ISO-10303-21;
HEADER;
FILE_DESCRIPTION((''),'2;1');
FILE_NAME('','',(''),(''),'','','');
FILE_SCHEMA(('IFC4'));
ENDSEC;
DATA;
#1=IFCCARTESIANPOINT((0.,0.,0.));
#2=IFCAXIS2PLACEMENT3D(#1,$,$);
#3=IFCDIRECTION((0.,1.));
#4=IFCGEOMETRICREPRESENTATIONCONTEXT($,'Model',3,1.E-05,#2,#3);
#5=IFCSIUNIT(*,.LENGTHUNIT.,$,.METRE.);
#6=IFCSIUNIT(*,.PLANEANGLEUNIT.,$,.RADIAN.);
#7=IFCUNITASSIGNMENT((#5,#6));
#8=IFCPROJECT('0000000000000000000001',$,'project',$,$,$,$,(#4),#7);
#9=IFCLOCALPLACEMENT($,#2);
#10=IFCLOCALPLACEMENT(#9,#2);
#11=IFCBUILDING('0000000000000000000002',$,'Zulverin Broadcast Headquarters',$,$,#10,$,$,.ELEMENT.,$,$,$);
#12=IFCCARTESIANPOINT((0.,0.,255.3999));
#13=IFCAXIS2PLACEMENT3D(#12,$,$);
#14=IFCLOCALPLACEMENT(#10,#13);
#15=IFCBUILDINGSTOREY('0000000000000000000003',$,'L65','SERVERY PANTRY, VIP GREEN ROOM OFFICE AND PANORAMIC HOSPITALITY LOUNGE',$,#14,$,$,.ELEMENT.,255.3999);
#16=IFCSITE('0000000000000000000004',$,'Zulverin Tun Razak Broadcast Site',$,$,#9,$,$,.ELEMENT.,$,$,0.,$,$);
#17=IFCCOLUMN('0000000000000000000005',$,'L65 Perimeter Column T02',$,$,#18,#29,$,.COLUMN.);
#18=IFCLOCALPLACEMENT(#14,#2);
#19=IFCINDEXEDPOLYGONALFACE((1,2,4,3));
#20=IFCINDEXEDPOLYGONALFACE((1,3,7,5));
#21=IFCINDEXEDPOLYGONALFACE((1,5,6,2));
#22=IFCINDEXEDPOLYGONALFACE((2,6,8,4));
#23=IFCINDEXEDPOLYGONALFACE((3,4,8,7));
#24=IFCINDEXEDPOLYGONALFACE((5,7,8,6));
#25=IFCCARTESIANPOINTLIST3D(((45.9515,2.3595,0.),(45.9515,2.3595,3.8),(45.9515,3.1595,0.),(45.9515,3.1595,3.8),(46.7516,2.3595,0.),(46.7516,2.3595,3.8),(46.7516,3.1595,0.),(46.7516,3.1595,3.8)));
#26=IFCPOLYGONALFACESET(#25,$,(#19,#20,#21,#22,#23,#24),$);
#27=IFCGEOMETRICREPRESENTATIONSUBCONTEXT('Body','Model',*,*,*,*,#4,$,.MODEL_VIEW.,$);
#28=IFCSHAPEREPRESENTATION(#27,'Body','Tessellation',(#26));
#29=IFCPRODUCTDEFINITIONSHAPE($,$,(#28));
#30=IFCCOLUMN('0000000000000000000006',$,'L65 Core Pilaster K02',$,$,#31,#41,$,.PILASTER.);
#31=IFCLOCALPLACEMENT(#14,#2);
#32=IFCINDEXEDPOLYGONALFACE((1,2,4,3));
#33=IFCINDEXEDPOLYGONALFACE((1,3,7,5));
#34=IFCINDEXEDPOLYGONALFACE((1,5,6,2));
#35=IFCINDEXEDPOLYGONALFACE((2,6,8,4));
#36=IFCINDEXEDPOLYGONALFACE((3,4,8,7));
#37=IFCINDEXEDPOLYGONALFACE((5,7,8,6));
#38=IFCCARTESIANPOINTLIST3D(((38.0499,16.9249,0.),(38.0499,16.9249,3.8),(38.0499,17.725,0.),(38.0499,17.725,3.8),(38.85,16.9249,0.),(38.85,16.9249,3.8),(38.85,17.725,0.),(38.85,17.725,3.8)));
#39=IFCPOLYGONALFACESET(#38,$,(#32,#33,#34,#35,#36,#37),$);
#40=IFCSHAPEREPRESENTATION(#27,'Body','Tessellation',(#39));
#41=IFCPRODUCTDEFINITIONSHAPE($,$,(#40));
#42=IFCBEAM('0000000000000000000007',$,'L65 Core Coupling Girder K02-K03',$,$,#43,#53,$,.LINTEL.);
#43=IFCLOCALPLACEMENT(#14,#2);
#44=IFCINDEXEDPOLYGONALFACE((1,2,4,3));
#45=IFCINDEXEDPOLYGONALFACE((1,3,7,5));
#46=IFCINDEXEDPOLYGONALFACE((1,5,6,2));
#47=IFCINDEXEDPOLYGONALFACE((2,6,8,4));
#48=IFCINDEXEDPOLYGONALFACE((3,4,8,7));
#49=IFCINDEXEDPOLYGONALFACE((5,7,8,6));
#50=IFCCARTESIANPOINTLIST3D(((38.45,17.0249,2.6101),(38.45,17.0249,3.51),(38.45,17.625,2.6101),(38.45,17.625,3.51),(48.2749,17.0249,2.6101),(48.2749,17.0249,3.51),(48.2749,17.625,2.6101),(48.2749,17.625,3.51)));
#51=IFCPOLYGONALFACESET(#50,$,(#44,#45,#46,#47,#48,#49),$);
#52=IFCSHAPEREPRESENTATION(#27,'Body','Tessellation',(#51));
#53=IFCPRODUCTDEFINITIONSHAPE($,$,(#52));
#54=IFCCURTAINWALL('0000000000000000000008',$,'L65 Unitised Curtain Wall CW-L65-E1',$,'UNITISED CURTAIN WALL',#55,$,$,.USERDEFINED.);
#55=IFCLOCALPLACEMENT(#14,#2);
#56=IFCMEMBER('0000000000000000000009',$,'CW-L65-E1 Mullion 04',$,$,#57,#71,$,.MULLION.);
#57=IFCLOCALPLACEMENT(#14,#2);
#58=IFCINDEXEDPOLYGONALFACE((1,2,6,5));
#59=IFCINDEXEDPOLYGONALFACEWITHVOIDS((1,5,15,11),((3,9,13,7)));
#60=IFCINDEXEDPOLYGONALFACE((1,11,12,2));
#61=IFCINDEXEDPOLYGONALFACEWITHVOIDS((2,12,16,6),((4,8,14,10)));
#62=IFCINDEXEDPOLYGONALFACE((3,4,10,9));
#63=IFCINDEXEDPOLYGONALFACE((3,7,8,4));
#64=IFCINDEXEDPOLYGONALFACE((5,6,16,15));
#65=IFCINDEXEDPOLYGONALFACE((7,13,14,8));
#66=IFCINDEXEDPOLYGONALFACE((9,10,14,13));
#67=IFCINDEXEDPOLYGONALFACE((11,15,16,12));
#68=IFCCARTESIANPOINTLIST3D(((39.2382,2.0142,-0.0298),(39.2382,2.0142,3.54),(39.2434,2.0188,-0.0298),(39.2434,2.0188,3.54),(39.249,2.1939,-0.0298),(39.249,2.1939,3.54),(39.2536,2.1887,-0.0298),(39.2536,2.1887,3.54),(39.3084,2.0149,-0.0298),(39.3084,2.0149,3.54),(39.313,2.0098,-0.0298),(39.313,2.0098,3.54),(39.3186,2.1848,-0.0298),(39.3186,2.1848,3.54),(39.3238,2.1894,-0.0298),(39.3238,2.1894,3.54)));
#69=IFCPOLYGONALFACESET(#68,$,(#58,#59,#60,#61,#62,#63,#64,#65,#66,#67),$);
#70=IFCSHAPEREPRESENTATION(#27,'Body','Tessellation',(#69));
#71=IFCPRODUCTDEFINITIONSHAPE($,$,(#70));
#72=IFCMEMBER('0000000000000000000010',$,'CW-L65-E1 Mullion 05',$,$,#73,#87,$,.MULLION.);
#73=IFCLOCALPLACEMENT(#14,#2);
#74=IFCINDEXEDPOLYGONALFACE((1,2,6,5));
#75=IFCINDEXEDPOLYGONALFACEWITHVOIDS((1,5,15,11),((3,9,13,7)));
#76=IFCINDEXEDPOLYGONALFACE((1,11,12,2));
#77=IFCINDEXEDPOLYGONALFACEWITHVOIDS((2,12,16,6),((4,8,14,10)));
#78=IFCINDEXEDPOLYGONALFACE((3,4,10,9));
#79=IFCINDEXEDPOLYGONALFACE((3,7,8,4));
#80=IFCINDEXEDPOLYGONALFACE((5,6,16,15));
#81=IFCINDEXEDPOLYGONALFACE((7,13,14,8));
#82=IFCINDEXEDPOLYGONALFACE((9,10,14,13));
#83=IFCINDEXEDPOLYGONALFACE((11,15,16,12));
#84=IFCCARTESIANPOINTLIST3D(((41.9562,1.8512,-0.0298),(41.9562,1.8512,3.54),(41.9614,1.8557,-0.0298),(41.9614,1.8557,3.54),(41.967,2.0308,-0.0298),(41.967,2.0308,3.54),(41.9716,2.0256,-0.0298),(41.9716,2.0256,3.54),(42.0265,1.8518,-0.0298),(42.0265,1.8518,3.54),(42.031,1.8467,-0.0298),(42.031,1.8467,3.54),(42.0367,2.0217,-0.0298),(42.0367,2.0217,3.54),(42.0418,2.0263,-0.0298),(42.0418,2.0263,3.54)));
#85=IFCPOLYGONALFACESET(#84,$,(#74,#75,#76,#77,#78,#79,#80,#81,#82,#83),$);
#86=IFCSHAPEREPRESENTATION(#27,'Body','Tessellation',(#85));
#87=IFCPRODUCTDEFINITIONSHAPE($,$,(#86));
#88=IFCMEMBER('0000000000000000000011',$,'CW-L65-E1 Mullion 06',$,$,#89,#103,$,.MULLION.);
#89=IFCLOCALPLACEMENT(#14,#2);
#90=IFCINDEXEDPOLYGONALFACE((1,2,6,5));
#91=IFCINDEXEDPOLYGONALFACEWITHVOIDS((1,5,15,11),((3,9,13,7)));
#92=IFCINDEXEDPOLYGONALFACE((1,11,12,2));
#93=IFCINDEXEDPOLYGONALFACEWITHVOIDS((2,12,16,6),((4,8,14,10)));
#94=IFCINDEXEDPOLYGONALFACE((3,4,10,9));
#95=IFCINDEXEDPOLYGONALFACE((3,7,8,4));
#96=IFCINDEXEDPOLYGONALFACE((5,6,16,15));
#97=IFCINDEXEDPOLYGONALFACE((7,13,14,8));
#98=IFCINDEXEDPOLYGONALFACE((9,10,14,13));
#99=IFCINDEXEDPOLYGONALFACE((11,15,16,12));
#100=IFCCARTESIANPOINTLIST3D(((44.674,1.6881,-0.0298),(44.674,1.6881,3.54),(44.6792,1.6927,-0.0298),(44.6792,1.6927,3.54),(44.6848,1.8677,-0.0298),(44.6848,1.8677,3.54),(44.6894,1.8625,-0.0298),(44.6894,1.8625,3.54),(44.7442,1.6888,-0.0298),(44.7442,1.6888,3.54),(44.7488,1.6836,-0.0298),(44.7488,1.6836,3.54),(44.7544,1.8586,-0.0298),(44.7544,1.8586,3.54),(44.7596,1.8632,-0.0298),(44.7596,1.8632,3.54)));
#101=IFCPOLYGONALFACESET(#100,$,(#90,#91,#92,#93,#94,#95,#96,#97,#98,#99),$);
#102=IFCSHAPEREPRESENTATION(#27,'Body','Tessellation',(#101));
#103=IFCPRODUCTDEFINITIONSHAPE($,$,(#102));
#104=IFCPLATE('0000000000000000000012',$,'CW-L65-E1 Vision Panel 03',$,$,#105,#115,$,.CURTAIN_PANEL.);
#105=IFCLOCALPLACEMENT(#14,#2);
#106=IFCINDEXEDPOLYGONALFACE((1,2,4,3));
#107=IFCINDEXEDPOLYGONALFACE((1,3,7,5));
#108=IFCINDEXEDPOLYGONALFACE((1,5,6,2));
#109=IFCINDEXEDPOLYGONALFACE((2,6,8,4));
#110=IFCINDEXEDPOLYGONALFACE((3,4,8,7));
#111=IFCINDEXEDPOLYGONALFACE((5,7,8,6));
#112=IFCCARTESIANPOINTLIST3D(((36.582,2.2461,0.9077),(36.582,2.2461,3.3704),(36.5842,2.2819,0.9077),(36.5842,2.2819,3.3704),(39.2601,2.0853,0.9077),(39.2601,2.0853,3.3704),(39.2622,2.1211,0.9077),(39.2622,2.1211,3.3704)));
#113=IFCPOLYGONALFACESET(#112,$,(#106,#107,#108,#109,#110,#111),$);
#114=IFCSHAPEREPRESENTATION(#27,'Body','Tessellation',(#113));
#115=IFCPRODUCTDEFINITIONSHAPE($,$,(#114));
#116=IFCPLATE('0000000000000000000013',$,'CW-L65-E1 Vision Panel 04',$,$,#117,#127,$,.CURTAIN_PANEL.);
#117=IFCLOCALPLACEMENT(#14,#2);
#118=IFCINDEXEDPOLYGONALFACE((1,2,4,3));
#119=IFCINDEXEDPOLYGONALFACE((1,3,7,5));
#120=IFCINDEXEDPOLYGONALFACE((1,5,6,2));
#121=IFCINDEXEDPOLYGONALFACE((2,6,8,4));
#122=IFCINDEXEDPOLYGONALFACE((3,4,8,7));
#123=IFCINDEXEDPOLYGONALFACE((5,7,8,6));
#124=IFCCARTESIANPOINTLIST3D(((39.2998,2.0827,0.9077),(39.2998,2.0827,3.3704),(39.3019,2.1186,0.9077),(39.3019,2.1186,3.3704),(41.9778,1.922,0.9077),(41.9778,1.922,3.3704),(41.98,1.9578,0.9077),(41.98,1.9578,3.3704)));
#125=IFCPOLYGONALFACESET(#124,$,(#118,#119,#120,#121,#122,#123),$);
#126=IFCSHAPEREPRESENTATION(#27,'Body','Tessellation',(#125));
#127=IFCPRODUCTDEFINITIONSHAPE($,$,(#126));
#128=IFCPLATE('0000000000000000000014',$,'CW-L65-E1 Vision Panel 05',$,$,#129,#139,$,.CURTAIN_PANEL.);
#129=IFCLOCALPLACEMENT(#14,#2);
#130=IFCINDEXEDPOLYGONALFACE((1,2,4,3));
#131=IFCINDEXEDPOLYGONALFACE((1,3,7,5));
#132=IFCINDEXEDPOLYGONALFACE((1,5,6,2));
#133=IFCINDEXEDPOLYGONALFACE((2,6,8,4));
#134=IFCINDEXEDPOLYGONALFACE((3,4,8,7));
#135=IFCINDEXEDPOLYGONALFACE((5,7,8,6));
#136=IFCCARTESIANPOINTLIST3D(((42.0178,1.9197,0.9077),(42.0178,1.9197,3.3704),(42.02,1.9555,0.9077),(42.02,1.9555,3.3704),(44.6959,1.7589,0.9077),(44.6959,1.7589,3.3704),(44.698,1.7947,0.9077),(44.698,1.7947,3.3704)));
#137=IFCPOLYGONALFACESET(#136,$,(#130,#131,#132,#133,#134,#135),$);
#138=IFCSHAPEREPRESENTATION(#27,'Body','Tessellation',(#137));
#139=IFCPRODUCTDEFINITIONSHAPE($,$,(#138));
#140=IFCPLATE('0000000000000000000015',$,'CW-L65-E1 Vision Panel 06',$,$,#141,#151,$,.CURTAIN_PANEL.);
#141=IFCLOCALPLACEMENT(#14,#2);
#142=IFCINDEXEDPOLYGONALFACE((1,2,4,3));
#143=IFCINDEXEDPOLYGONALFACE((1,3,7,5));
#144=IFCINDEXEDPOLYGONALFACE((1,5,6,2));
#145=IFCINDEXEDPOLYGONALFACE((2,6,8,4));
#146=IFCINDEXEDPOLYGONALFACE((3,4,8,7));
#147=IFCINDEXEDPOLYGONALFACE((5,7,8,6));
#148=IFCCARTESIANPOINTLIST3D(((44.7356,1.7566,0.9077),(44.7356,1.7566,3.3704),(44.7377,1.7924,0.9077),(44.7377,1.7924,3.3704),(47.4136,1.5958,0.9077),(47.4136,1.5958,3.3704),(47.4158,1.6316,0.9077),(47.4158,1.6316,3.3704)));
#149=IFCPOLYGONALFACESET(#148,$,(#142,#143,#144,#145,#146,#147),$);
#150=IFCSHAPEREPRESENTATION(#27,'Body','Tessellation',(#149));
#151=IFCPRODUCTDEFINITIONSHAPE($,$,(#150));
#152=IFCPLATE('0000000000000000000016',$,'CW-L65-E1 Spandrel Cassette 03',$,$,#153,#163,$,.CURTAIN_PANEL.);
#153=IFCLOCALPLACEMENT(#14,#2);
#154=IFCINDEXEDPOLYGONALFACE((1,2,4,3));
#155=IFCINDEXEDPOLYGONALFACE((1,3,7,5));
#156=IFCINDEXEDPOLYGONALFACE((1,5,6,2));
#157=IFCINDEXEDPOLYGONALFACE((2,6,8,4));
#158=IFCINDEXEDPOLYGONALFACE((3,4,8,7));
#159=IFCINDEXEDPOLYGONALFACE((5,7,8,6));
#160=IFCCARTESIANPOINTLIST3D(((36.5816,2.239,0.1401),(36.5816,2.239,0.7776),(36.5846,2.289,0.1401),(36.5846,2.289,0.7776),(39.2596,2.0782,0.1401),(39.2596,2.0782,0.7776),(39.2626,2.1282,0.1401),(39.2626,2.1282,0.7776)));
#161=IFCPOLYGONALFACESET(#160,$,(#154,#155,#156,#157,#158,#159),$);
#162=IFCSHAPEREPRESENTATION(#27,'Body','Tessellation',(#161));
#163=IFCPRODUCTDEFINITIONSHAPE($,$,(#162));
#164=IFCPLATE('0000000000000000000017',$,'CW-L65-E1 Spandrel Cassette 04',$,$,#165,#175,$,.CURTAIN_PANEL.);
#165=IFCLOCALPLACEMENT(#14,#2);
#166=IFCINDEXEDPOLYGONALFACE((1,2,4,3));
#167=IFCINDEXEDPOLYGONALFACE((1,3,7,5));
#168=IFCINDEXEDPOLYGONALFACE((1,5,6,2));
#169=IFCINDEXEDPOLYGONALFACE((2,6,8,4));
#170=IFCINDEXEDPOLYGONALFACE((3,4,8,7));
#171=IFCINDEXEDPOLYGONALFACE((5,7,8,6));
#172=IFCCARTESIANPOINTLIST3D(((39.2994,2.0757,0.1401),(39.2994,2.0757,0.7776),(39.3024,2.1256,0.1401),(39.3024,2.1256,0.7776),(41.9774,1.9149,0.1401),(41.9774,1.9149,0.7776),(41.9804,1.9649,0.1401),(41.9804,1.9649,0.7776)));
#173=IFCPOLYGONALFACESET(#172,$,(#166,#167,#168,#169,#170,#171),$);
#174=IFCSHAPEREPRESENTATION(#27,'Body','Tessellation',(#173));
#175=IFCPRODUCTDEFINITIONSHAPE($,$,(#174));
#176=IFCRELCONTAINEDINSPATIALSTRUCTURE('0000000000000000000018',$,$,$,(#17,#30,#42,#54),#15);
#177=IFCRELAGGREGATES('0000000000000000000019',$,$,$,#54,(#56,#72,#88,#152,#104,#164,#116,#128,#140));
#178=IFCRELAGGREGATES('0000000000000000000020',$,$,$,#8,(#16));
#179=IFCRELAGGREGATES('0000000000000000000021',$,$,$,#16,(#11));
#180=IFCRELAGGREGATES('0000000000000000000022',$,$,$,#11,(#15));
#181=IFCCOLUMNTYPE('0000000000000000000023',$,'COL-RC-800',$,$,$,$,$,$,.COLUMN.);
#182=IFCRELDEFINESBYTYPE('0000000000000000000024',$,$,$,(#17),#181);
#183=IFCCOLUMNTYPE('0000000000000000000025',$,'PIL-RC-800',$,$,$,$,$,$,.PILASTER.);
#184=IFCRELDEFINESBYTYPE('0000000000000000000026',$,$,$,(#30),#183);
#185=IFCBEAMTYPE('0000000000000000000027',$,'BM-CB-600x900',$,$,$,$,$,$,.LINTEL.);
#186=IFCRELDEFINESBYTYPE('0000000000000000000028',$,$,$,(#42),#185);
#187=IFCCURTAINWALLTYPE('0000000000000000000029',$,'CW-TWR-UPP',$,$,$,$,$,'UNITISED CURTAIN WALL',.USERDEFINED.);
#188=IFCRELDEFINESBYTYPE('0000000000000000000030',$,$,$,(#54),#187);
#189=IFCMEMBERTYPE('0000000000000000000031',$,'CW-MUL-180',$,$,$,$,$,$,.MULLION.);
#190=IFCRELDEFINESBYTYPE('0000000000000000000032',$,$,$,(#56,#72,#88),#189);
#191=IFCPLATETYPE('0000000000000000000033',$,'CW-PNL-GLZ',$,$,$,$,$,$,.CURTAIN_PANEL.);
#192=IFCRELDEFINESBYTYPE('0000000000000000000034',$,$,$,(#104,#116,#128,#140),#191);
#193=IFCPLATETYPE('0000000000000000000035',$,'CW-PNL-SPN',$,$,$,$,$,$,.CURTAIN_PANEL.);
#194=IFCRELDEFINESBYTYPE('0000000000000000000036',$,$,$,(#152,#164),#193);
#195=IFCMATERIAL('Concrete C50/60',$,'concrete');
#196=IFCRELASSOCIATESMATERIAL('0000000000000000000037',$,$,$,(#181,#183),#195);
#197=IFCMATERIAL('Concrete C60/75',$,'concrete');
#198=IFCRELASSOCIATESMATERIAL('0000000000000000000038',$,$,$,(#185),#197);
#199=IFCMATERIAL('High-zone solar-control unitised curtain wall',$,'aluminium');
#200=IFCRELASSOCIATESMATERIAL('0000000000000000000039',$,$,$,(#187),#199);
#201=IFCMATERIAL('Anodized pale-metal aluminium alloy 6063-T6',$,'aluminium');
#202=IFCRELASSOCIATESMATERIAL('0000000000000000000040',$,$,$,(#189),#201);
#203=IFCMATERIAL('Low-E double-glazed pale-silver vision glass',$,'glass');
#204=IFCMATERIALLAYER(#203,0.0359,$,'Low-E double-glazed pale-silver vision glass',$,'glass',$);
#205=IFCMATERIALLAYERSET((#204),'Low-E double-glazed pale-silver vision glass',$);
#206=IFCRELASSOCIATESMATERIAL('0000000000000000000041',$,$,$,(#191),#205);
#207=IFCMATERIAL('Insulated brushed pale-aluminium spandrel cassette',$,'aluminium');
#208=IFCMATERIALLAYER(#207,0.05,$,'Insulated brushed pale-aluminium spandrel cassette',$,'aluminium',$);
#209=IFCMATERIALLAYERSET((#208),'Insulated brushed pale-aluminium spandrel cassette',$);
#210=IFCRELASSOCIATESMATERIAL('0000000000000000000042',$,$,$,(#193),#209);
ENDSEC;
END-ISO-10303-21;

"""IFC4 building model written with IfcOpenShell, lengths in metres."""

from ifc_helpers import new_model, si_unit, direction, frame, origin, origin_2d, place, context, subcontext, project, spatial, rectangle, hollow_rectangle, extrude, material, layer, layer_set, material_profile, profile_set, type_object, element, aggregate, save


model = new_model("IFC4")

# Units and contexts
model_context = context("Model", 3, precision=1e-05, world=origin(), true_north=direction((0.0, 1.0)))
body_context = subcontext(model_context, "Body", "Model", "MODEL_VIEW")
ifc_project = project(units=[si_unit("LENGTHUNIT", "METRE"), si_unit("PLANEANGLEUNIT", "RADIAN")], contexts=[model_context])

# Site, building, storey
site_placement = place(None, origin())
site = spatial("IfcSite", under=ifc_project, at=site_placement, Name="Zulverin Tun Razak Broadcast Site", CompositionType="ELEMENT", RefElevation=0.0)
building_placement = place(site_placement, origin())
building = spatial("IfcBuilding", under=site, at=building_placement, Name="Zulverin Broadcast Headquarters", CompositionType="ELEMENT")
storey_placement = place(building_placement, frame((0.0, 0.0, 255.3999)))
storey = spatial("IfcBuildingStorey", under=building, at=storey_placement, Name="L65", Description="SERVERY PANTRY, VIP GREEN ROOM OFFICE AND PANORAMIC HOSPITALITY LOUNGE", CompositionType="ELEMENT", Elevation=255.3999)

# Columns
ifc_material_1 = material(Name="Concrete C50/60", Category="concrete")
ifc_material_profile_1 = material_profile(ifc_material_1, rectangle(XDim=0.8, YDim=0.8, at=origin_2d()), Name="Concrete C50/60", Category="concrete")
ifc_profile_set_1 = profile_set([ifc_material_profile_1], Name="Concrete C50/60")
column_type_1 = type_object("IfcColumnType", Name="COL-RC-800", PredefinedType="COLUMN", material=ifc_profile_set_1)
column_1_placement = place(storey_placement, frame((46.3516, 2.7595, 0.0), z_axis=(0.0, 0.0, 1.0), x_axis=(1.0, 0.0, 0.0)))
element("IfcColumn", 1, at=column_1_placement, inside=storey, type_object=column_type_1, Name="L65 Perimeter Column T02", PredefinedType="COLUMN", context=body_context, shape_type="SweptSolid", body=[
    extrude(rectangle(XDim=0.8, YDim=0.8, at=origin_2d()), origin(), (0.0, 0.0, 1.0), 3.8),
])
ifc_material_profile_2 = material_profile(ifc_material_1, rectangle(XDim=0.8, YDim=0.8, at=origin_2d()), Name="Concrete C50/60", Category="concrete")
ifc_profile_set_2 = profile_set([ifc_material_profile_2], Name="Concrete C50/60")
column_type_2 = type_object("IfcColumnType", Name="PIL-RC-800", PredefinedType="PILASTER", material=ifc_profile_set_2)
column_2_placement = place(storey_placement, frame((38.45, 17.325, 0.0), z_axis=(0.0, 0.0, 1.0), x_axis=(1.0, 0.0, 0.0)))
element("IfcColumn", 2, at=column_2_placement, inside=storey, type_object=column_type_2, Name="L65 Core Pilaster K02", PredefinedType="PILASTER", context=body_context, shape_type="SweptSolid", body=[
    extrude(rectangle(XDim=0.8, YDim=0.8, at=origin_2d()), origin(), (0.0, 0.0, 1.0), 3.8),
])

# Beam
ifc_material_2 = material(Name="Concrete C60/75", Category="concrete")
ifc_material_profile_3 = material_profile(ifc_material_2, rectangle(XDim=0.6001, YDim=0.8999, at=origin_2d()), Name="Concrete C60/75", Category="concrete")
ifc_profile_set_3 = profile_set([ifc_material_profile_3], Name="Concrete C60/75")
beam_type = type_object("IfcBeamType", Name="BM-CB-600x900", PredefinedType="LINTEL", material=ifc_profile_set_3)
beam_placement = place(storey_placement, frame((38.45, 17.325, 3.0601), z_axis=(1.0, 0.0, 0.0), x_axis=(0.0, 1.0, 0.0)))
element("IfcBeam", 3, at=beam_placement, inside=storey, type_object=beam_type, Name="L65 Core Coupling Girder K02-K03", PredefinedType="LINTEL", context=body_context, shape_type="SweptSolid", body=[
    extrude(rectangle(XDim=0.6001, YDim=0.8999, at=origin_2d()), origin(), (0.0, 0.0, 1.0), 9.825),
])

# Curtain wall, members, plates
ifc_material_3 = material(Name="High-zone solar-control unitised curtain wall", Category="aluminium")
curtain_wall_type = type_object("IfcCurtainWallType", Name="CW-TWR-UPP", ElementType="UNITISED CURTAIN WALL", PredefinedType="USERDEFINED", material=ifc_material_3)
curtain_wall_placement = place(storey_placement, origin())
curtain_wall = element("IfcCurtainWall", 4, at=curtain_wall_placement, inside=storey, type_object=curtain_wall_type, Name="L65 Unitised Curtain Wall CW-L65-E1", ObjectType="UNITISED CURTAIN WALL", PredefinedType="USERDEFINED")
ifc_material_4 = material(Name="Anodized pale-metal aluminium alloy 6063-T6", Category="aluminium")
ifc_material_profile_4 = material_profile(ifc_material_4, hollow_rectangle(XDim=0.075, YDim=0.1799, WallThickness=0.0049, at=origin_2d()), Name="Anodized pale-metal aluminium alloy 6063-T6", Category="aluminium")
ifc_profile_set_4 = profile_set([ifc_material_profile_4], Name="Anodized pale-metal aluminium alloy 6063-T6")
member_type = type_object("IfcMemberType", Name="CW-MUL-180", PredefinedType="MULLION", material=ifc_profile_set_4)
member_1_placement = place(storey_placement, frame((39.281, 2.1018, -0.0298), z_axis=(0.0, 0.0, 1.0), x_axis=(0.998203, -0.059928, 0.0)))
member_1 = element("IfcMember", 5, at=member_1_placement, type_object=member_type, Name="CW-L65-E1 Mullion 04", PredefinedType="MULLION", context=body_context, shape_type="SweptSolid", body=[
    extrude(hollow_rectangle(XDim=0.075, YDim=0.1799, WallThickness=0.0049, at=origin_2d()), origin(), (0.0, 0.0, 1.0), 3.5698),
])
member_2_placement = place(storey_placement, frame((41.999, 1.9387, -0.0298), z_axis=(0.0, 0.0, 1.0), x_axis=(0.998203, -0.059928, 0.0)))
member_2 = element("IfcMember", 6, at=member_2_placement, type_object=member_type, Name="CW-L65-E1 Mullion 05", PredefinedType="MULLION", context=body_context, shape_type="SweptSolid", body=[
    extrude(hollow_rectangle(XDim=0.075, YDim=0.1799, WallThickness=0.0049, at=origin_2d()), origin(), (0.0, 0.0, 1.0), 3.5698),
])
member_3_placement = place(storey_placement, frame((44.7168, 1.7756, -0.0298), z_axis=(0.0, 0.0, 1.0), x_axis=(0.998203, -0.059928, 0.0)))
member_3 = element("IfcMember", 7, at=member_3_placement, type_object=member_type, Name="CW-L65-E1 Mullion 06", PredefinedType="MULLION", context=body_context, shape_type="SweptSolid", body=[
    extrude(hollow_rectangle(XDim=0.075, YDim=0.1799, WallThickness=0.0049, at=origin_2d()), origin(), (0.0, 0.0, 1.0), 3.5698),
])
ifc_material_5 = material(Name="Low-E double-glazed pale-silver vision glass", Category="glass")
ifc_layer_1 = layer(ifc_material_5, 0.0359, Name="Low-E double-glazed pale-silver vision glass", Category="glass")
ifc_layer_set_1 = layer_set([ifc_layer_1], Name="Low-E double-glazed pale-silver vision glass")
plate_type_1 = type_object("IfcPlateType", Name="CW-PNL-GLZ", PredefinedType="CURTAIN_PANEL", material=ifc_layer_set_1)
plate_1_placement = place(storey_placement, frame((37.9221, 2.1836, 0.9077), z_axis=(0.0, 0.0, 1.0), x_axis=(0.998203, -0.059928, 0.0)))
plate_1 = element("IfcPlate", 8, at=plate_1_placement, type_object=plate_type_1, Name="CW-L65-E1 Vision Panel 03", PredefinedType="CURTAIN_PANEL", context=body_context, shape_type="SweptSolid", body=[
    extrude(rectangle(XDim=2.6829, YDim=0.0359, at=origin_2d()), origin(), (0.0, 0.0, 1.0), 2.4626),
])
plate_2_placement = place(storey_placement, frame((40.6399, 2.0203, 0.9077), z_axis=(0.0, 0.0, 1.0), x_axis=(0.998203, -0.059928, 0.0)))
plate_2 = element("IfcPlate", 9, at=plate_2_placement, type_object=plate_type_1, Name="CW-L65-E1 Vision Panel 04", PredefinedType="CURTAIN_PANEL", context=body_context, shape_type="SweptSolid", body=[
    extrude(rectangle(XDim=2.6829, YDim=0.0359, at=origin_2d()), origin(), (0.0, 0.0, 1.0), 2.4626),
])
plate_3_placement = place(storey_placement, frame((43.3579, 1.8572, 0.9077), z_axis=(0.0, 0.0, 1.0), x_axis=(0.998203, -0.059928, 0.0)))
plate_3 = element("IfcPlate", 10, at=plate_3_placement, type_object=plate_type_1, Name="CW-L65-E1 Vision Panel 05", PredefinedType="CURTAIN_PANEL", context=body_context, shape_type="SweptSolid", body=[
    extrude(rectangle(XDim=2.6829, YDim=0.0359, at=origin_2d()), origin(), (0.0, 0.0, 1.0), 2.4626),
])
plate_4_placement = place(storey_placement, frame((46.0757, 1.6941, 0.9077), z_axis=(0.0, 0.0, 1.0), x_axis=(0.998203, -0.059928, 0.0)))
plate_4 = element("IfcPlate", 11, at=plate_4_placement, type_object=plate_type_1, Name="CW-L65-E1 Vision Panel 06", PredefinedType="CURTAIN_PANEL", context=body_context, shape_type="SweptSolid", body=[
    extrude(rectangle(XDim=2.6829, YDim=0.0359, at=origin_2d()), origin(), (0.0, 0.0, 1.0), 2.4626),
])
ifc_material_6 = material(Name="Insulated brushed pale-aluminium spandrel cassette", Category="aluminium")
ifc_layer_2 = layer(ifc_material_6, 0.05, Name="Insulated brushed pale-aluminium spandrel cassette", Category="aluminium")
ifc_layer_set_2 = layer_set([ifc_layer_2], Name="Insulated brushed pale-aluminium spandrel cassette")
plate_type_2 = type_object("IfcPlateType", Name="CW-PNL-SPN", PredefinedType="CURTAIN_PANEL", material=ifc_layer_set_2)
plate_5_placement = place(storey_placement, frame((37.9221, 2.1836, 0.1401), z_axis=(0.0, 0.0, 1.0), x_axis=(0.998203, -0.059928, 0.0)))
plate_5 = element("IfcPlate", 12, at=plate_5_placement, type_object=plate_type_2, Name="CW-L65-E1 Spandrel Cassette 03", PredefinedType="CURTAIN_PANEL", context=body_context, shape_type="SweptSolid", body=[
    extrude(rectangle(XDim=2.6829, YDim=0.05, at=origin_2d()), origin(), (0.0, 0.0, 1.0), 0.6375),
])
plate_6_placement = place(storey_placement, frame((40.6399, 2.0203, 0.1401), z_axis=(0.0, 0.0, 1.0), x_axis=(0.998203, -0.059928, 0.0)))
plate_6 = element("IfcPlate", 13, at=plate_6_placement, type_object=plate_type_2, Name="CW-L65-E1 Spandrel Cassette 04", PredefinedType="CURTAIN_PANEL", context=body_context, shape_type="SweptSolid", body=[
    extrude(rectangle(XDim=2.6829, YDim=0.05, at=origin_2d()), origin(), (0.0, 0.0, 1.0), 0.6375),
])
aggregate(curtain_wall, [member_1, member_2, member_3, plate_5, plate_1, plate_6, plate_2, plate_3, plate_4])

save(model, "model.ifc")
